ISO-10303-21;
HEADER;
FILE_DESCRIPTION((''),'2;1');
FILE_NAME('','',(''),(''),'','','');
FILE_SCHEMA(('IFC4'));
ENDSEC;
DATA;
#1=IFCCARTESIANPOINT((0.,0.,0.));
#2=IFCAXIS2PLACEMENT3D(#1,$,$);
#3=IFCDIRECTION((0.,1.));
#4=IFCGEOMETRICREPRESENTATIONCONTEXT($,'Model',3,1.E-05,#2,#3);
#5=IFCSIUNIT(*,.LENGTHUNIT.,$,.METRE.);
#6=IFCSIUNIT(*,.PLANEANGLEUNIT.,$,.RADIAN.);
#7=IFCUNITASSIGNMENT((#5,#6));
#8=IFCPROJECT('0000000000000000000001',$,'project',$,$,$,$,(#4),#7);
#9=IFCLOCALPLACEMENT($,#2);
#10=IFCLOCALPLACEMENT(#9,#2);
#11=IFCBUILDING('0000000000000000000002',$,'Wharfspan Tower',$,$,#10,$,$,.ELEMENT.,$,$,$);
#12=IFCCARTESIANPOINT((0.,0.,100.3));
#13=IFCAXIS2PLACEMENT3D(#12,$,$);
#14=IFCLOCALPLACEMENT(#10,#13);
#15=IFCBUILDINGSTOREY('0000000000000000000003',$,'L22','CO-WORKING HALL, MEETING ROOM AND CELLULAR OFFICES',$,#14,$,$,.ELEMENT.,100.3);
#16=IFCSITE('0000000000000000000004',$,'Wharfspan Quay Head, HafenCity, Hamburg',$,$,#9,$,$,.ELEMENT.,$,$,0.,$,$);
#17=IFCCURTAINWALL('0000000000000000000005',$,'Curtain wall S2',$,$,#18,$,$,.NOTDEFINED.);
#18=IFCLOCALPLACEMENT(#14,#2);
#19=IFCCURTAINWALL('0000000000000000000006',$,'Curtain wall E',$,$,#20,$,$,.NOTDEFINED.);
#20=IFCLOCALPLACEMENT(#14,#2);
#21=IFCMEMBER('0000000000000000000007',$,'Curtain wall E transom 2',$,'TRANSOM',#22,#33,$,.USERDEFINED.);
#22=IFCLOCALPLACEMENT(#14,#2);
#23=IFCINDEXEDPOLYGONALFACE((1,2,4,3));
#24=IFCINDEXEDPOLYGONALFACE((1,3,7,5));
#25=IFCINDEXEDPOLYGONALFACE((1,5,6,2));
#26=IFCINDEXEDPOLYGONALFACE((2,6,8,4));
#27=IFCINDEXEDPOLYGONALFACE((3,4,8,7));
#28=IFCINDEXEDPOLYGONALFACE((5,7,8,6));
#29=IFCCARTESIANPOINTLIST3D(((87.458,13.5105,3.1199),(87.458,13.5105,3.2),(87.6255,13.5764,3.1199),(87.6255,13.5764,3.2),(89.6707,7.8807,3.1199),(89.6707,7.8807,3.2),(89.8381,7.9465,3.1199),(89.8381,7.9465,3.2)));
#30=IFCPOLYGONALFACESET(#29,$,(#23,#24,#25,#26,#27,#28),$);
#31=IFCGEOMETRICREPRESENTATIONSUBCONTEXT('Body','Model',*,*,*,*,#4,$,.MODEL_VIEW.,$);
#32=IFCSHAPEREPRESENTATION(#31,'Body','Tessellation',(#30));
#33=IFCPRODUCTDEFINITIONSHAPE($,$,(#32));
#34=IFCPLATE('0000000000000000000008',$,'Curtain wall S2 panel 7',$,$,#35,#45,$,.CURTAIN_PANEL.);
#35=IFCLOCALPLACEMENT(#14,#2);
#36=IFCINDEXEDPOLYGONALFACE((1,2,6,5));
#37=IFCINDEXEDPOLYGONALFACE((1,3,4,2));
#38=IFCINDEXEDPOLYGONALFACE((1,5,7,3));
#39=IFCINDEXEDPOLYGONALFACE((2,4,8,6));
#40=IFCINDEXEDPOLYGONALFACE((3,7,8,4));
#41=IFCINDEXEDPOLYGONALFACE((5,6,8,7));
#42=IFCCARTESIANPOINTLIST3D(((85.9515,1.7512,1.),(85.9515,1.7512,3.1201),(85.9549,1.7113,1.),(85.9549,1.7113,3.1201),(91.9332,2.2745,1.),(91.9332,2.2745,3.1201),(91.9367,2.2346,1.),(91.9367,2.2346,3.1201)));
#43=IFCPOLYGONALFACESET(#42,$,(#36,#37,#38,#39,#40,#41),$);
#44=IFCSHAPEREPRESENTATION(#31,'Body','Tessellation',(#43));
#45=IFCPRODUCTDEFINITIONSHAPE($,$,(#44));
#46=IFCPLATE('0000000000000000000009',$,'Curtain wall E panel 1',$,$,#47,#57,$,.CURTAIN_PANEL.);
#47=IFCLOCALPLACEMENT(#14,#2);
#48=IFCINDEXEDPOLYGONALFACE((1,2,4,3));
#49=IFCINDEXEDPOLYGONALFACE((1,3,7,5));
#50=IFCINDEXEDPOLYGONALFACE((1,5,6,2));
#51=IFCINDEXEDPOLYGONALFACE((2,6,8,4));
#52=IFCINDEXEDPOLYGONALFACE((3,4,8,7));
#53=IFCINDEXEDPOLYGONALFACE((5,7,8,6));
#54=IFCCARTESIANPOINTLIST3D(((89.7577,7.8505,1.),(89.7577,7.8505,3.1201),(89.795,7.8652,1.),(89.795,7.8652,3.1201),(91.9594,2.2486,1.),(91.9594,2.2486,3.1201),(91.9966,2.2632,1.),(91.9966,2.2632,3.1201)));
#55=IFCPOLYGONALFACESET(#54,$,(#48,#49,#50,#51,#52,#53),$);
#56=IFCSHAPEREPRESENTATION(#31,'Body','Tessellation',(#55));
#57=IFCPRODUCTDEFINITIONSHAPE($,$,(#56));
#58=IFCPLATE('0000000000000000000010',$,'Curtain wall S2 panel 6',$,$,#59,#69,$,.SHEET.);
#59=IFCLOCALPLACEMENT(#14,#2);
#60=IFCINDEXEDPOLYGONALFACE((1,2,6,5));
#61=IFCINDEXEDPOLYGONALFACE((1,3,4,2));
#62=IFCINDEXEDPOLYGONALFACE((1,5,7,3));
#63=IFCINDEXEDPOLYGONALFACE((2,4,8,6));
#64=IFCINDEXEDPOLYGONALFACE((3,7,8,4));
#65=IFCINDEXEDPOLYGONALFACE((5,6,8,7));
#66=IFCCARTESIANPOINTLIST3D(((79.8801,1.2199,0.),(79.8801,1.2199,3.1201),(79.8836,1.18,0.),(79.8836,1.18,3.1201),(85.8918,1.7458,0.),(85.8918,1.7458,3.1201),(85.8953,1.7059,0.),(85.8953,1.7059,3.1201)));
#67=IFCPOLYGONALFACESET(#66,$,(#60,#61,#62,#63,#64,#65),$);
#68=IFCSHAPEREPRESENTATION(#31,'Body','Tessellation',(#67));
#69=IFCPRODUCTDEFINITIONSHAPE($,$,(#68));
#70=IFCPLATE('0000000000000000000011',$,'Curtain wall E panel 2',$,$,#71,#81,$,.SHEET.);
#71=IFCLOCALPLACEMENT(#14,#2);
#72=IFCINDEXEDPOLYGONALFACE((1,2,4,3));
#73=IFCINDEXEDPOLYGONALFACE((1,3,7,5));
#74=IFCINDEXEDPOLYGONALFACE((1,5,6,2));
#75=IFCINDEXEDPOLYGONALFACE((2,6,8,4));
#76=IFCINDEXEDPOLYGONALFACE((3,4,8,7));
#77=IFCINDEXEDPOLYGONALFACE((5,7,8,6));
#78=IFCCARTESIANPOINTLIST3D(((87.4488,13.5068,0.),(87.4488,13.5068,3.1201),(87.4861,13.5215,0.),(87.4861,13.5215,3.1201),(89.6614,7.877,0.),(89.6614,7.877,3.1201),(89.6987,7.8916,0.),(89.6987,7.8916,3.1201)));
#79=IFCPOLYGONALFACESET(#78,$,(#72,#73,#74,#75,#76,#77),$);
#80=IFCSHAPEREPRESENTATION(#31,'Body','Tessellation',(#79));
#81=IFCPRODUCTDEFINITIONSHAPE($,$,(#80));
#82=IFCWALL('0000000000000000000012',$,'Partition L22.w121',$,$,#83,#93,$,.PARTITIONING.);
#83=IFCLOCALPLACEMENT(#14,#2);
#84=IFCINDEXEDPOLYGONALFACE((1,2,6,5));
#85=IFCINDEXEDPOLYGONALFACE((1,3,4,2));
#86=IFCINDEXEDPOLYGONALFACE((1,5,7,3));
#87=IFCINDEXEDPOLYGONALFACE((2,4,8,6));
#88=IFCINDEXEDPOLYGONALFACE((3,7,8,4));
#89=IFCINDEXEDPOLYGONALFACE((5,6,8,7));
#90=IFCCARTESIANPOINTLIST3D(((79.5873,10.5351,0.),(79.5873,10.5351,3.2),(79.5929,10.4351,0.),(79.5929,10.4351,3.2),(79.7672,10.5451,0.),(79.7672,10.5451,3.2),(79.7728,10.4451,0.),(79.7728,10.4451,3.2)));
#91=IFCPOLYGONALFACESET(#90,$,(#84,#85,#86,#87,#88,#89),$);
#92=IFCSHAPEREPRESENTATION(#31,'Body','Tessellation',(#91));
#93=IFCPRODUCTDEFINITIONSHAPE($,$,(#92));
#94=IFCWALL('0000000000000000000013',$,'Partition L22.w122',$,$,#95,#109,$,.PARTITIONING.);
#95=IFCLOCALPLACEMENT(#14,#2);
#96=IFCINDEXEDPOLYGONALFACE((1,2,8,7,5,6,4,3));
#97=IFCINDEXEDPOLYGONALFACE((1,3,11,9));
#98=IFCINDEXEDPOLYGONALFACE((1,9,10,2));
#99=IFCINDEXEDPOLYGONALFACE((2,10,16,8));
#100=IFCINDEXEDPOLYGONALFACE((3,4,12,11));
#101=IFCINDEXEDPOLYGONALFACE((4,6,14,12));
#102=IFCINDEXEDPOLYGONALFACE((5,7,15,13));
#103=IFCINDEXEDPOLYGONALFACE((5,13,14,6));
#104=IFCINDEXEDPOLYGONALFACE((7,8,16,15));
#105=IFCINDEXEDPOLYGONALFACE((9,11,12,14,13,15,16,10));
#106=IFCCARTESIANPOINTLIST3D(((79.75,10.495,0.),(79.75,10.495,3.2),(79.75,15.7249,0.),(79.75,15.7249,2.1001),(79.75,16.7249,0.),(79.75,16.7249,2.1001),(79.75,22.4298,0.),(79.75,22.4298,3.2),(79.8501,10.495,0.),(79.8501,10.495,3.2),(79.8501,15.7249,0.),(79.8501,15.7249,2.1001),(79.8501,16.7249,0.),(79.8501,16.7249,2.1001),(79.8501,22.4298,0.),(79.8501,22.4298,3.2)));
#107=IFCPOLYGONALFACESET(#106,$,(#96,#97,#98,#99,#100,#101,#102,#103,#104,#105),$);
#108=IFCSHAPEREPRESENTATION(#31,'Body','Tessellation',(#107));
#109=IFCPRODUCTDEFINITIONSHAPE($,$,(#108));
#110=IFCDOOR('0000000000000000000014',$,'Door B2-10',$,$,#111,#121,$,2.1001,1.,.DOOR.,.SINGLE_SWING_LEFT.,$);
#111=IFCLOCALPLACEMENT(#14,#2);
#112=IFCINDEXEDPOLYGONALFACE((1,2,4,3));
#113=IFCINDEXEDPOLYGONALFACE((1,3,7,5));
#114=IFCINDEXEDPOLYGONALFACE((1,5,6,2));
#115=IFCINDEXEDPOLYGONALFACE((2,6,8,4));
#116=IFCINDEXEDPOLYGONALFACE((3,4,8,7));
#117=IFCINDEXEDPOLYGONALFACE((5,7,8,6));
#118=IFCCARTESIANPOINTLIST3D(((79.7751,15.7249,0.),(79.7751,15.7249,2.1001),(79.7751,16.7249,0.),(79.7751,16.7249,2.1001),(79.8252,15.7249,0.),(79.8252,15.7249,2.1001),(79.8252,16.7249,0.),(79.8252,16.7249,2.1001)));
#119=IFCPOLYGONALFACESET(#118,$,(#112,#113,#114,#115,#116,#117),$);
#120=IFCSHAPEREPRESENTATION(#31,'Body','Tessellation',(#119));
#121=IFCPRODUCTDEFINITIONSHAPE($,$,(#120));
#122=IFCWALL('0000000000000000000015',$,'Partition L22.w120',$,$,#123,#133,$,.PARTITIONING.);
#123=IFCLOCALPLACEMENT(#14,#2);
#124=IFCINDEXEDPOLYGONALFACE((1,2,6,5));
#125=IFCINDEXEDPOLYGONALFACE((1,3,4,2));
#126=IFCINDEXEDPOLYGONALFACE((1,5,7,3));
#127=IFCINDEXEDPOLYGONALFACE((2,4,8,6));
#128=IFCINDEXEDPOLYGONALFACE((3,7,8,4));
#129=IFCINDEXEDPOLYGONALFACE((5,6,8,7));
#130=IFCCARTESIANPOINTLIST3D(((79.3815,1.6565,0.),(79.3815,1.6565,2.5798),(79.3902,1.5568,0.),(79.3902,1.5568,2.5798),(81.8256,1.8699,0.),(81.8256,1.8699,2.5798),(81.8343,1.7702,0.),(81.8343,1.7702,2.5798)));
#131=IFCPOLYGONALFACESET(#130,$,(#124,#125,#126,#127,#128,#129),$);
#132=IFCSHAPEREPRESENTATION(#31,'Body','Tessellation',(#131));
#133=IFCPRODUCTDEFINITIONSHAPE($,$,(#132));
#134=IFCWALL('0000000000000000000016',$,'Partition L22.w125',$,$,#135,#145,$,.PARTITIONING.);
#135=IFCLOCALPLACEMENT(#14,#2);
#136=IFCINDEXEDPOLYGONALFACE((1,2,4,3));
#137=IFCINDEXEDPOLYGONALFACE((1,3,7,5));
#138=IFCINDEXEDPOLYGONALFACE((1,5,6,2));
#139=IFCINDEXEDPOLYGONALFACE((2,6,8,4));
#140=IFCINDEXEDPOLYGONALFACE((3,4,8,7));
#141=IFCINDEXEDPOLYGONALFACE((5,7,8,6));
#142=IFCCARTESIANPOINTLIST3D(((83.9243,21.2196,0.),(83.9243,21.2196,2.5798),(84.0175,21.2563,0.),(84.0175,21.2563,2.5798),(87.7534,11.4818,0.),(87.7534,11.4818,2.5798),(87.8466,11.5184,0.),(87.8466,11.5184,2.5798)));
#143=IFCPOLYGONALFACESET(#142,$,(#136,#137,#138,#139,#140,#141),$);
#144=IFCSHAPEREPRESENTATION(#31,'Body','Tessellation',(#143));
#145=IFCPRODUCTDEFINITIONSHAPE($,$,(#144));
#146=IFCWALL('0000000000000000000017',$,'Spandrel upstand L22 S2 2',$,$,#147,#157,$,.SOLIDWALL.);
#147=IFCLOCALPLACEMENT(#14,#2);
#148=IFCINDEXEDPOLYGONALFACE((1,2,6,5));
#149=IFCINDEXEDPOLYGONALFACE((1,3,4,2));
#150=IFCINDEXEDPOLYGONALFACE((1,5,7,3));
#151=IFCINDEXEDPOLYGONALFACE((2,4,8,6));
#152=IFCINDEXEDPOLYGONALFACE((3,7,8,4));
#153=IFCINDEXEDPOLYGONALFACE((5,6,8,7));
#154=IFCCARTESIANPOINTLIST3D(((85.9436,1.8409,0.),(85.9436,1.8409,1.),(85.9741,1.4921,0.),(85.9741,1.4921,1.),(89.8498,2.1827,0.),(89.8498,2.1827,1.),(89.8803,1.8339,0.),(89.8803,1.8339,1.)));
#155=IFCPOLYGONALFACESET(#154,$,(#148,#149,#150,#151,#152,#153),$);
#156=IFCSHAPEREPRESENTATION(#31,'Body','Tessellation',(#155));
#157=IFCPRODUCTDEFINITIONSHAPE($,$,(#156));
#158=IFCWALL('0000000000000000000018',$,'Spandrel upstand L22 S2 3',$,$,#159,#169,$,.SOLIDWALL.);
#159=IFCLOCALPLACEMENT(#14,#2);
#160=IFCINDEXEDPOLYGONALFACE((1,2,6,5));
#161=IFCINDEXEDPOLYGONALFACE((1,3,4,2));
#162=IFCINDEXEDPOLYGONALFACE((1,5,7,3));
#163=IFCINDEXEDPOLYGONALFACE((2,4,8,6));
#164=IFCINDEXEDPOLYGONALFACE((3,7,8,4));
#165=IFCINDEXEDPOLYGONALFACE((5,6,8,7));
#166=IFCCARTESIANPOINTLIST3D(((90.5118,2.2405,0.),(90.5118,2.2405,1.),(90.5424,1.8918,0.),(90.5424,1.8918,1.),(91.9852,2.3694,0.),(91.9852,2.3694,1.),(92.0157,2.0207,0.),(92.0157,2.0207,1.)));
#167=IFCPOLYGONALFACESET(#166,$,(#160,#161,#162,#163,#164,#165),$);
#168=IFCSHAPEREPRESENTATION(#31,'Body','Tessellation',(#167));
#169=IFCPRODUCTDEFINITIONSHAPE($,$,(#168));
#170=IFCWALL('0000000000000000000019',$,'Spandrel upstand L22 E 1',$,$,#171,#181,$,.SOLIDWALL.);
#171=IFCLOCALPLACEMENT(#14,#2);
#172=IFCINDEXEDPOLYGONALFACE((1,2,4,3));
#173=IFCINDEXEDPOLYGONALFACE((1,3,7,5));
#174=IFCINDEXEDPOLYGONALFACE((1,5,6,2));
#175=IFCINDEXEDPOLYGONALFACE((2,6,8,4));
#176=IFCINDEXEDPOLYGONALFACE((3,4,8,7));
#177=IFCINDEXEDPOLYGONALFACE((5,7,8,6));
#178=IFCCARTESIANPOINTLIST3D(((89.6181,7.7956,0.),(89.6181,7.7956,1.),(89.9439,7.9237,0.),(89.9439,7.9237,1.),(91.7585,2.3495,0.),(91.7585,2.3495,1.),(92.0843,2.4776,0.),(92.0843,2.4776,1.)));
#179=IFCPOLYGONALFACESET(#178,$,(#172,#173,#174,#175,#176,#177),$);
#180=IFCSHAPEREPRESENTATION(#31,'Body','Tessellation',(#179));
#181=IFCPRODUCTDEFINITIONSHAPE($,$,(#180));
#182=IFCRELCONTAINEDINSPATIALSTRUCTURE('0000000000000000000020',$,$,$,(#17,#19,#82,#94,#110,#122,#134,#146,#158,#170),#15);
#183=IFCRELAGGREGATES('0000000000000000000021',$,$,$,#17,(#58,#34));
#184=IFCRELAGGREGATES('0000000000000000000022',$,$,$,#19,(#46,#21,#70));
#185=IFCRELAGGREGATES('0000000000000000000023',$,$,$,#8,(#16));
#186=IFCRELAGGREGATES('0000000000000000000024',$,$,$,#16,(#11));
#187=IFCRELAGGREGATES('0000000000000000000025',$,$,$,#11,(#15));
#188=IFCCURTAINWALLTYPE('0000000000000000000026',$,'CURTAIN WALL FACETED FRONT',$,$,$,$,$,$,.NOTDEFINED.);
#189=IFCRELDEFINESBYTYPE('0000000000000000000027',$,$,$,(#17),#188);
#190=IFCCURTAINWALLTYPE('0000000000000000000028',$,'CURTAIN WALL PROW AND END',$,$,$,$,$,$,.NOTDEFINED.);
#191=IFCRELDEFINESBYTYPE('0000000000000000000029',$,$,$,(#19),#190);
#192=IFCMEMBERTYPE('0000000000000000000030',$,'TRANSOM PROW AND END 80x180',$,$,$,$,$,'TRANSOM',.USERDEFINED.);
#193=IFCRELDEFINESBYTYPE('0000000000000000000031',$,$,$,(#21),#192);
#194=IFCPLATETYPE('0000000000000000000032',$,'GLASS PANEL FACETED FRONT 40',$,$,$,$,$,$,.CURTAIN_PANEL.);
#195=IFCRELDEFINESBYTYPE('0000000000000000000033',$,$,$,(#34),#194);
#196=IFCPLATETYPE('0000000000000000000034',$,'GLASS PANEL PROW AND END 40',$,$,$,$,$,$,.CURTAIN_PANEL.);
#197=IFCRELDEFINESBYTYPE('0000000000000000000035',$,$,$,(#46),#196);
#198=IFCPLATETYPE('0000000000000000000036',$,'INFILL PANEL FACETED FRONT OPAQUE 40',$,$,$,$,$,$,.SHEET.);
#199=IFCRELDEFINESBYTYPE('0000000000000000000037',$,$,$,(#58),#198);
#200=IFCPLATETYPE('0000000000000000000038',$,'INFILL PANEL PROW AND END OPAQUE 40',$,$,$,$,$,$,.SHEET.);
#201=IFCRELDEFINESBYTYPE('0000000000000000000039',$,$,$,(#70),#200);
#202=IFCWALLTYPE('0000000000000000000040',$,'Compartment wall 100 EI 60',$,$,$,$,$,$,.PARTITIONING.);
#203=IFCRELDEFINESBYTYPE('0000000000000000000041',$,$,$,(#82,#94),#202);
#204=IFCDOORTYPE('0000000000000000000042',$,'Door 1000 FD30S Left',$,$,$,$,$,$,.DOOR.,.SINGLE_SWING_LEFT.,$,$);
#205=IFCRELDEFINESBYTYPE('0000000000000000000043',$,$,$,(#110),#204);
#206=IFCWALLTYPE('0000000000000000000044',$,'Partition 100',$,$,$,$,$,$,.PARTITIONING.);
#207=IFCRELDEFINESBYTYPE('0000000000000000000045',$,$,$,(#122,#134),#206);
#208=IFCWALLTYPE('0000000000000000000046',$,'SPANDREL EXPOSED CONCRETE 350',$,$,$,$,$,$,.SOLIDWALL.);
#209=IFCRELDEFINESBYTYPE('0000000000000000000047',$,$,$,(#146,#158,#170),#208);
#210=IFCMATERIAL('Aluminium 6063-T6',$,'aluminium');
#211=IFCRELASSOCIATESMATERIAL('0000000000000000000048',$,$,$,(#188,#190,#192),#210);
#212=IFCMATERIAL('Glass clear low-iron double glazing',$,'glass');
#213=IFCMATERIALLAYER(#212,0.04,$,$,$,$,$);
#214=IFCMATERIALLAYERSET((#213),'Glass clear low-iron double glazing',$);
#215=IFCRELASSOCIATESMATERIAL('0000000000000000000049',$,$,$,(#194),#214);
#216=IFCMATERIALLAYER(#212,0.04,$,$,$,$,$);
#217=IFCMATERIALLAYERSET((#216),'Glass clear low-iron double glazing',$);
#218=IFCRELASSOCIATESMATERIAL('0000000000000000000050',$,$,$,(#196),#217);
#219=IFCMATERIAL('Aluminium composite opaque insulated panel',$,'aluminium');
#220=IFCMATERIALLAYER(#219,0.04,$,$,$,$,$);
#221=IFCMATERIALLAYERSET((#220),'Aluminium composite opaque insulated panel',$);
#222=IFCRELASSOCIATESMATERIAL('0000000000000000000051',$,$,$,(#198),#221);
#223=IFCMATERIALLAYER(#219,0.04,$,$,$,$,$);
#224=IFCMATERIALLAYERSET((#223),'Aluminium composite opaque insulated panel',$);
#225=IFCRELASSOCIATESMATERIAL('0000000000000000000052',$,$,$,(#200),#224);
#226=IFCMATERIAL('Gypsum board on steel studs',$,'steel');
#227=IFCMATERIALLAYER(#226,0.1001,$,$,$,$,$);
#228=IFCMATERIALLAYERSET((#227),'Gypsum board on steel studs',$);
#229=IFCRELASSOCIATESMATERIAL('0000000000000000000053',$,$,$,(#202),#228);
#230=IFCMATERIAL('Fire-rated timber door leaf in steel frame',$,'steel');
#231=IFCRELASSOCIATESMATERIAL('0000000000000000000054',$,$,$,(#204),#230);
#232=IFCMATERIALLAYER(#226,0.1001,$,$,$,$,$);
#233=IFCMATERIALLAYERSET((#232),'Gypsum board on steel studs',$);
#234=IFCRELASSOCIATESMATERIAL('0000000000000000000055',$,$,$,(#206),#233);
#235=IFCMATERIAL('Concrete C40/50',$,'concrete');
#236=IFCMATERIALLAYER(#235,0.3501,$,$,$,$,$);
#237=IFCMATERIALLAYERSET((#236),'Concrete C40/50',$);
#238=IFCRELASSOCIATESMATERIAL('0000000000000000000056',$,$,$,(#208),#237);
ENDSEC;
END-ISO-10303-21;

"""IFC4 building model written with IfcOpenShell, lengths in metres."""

from ifc_helpers import new_model, si_unit, direction, frame, frame_2d, origin, origin_2d, place, context, subcontext, project, spatial, rectangle, extrude, material, layer, layer_set, material_profile, profile_set, type_object, element, fill, aggregate, save


model = new_model("IFC4")

# Units and contexts
model_context = context("Model", 3, precision=1e-05, world=origin(), true_north=direction((0.0, 1.0)))
body_context = subcontext(model_context, "Body", "Model", "MODEL_VIEW")
ifc_project = project(units=[si_unit("LENGTHUNIT", "METRE"), si_unit("PLANEANGLEUNIT", "RADIAN")], contexts=[model_context])

# Site, building, storey
site_placement = place(None, origin())
site = spatial("IfcSite", under=ifc_project, at=site_placement, Name="Wharfspan Quay Head, HafenCity, Hamburg", CompositionType="ELEMENT", RefElevation=0.0)
building_placement = place(site_placement, origin())
building = spatial("IfcBuilding", under=site, at=building_placement, Name="Wharfspan Tower", CompositionType="ELEMENT")
storey_placement = place(building_placement, frame((0.0, 0.0, 100.3)))
storey = spatial("IfcBuildingStorey", under=building, at=storey_placement, Name="L22", Description="CO-WORKING HALL, MEETING ROOM AND CELLULAR OFFICES", CompositionType="ELEMENT", Elevation=100.3)

# Curtain walls
ifc_material_1 = material(Name="Aluminium 6063-T6", Category="aluminium")
curtain_wall_type_1 = type_object("IfcCurtainWallType", Name="CURTAIN WALL FACETED FRONT", PredefinedType="NOTDEFINED", material=ifc_material_1)
curtain_wall_1_placement = place(storey_placement, origin())
curtain_wall_1 = element("IfcCurtainWall", 1, at=curtain_wall_1_placement, inside=storey, type_object=curtain_wall_type_1, Name="Curtain wall S2", PredefinedType="NOTDEFINED")
curtain_wall_type_2 = type_object("IfcCurtainWallType", Name="CURTAIN WALL PROW AND END", PredefinedType="NOTDEFINED", material=ifc_material_1)
curtain_wall_2_placement = place(storey_placement, origin())
curtain_wall_2 = element("IfcCurtainWall", 2, at=curtain_wall_2_placement, inside=storey, type_object=curtain_wall_type_2, Name="Curtain wall E", PredefinedType="NOTDEFINED")

# Member
ifc_material_profile_1 = material_profile(ifc_material_1, rectangle(XDim=0.1799, YDim=0.0801, at=origin_2d()))
ifc_profile_set_1 = profile_set([ifc_material_profile_1], Name="Aluminium 6063-T6")
member_type_1 = type_object("IfcMemberType", Name="TRANSOM PROW AND END 80x180", ElementType="TRANSOM", PredefinedType="USERDEFINED", material=ifc_profile_set_1)
member_1_placement = place(storey_placement, frame((89.7544, 7.9136, 3.1599), z_axis=(-0.365782, 0.9307, 0.0), x_axis=(-0.9307, -0.365782, 0.0)))
member_1 = element("IfcMember", 3, at=member_1_placement, type_object=member_type_1, Name="Curtain wall E transom 2", ObjectType="TRANSOM", PredefinedType="USERDEFINED", context=body_context, shape_type="SweptSolid", body=[
    extrude(rectangle(XDim=0.1799, YDim=0.0801, at=origin_2d()), origin(), (0.0, 0.0, 1.0), 6.0491),
])

# Plates
ifc_material_2 = material(Name="Glass clear low-iron double glazing", Category="glass")
ifc_layer_1 = layer(ifc_material_2, 0.04)
ifc_layer_set_1 = layer_set([ifc_layer_1], Name="Glass clear low-iron double glazing")
plate_type_1 = type_object("IfcPlateType", Name="GLASS PANEL FACETED FRONT 40", PredefinedType="CURTAIN_PANEL", material=ifc_layer_set_1)
plate_1_placement = place(storey_placement, frame((88.9441, 1.9929, 1.0), z_axis=(0.0, 0.0, 1.0), x_axis=(0.996198, 0.087156, 0.0)))
plate_1 = element("IfcPlate", 4, at=plate_1_placement, type_object=plate_type_1, Name="Curtain wall S2 panel 7", PredefinedType="CURTAIN_PANEL", context=body_context, shape_type="SweptSolid", body=[
    extrude(rectangle(XDim=6.0046, YDim=0.04, at=origin_2d()), origin(), (0.0, 0.0, 1.0), 2.1201),
])
ifc_layer_2 = layer(ifc_material_2, 0.04)
ifc_layer_set_2 = layer_set([ifc_layer_2], Name="Glass clear low-iron double glazing")
plate_type_2 = type_object("IfcPlateType", Name="GLASS PANEL PROW AND END 40", PredefinedType="CURTAIN_PANEL", material=ifc_layer_set_2)
plate_2_placement = place(storey_placement, frame((90.8772, 5.0569, 1.0), z_axis=(0.0, 0.0, 1.0), x_axis=(-0.365778, 0.930702, 0.0)))
plate_2 = element("IfcPlate", 5, at=plate_2_placement, type_object=plate_type_2, Name="Curtain wall E panel 1", PredefinedType="CURTAIN_PANEL", context=body_context, shape_type="SweptSolid", body=[
    extrude(rectangle(XDim=6.019, YDim=0.04, at=origin_2d()), origin(), (0.0, 0.0, 1.0), 2.1201),
])
ifc_material_3 = material(Name="Aluminium composite opaque insulated panel", Category="aluminium")
ifc_layer_3 = layer(ifc_material_3, 0.04)
ifc_layer_set_3 = layer_set([ifc_layer_3], Name="Aluminium composite opaque insulated panel")
plate_type_3 = type_object("IfcPlateType", Name="INFILL PANEL FACETED FRONT OPAQUE 40", PredefinedType="SHEET", material=ifc_layer_set_3)
plate_3_placement = place(storey_placement, frame((82.8877, 1.4629, 0.0), z_axis=(0.0, 0.0, 1.0), x_axis=(0.996198, 0.087156, 0.0)))
plate_3 = element("IfcPlate", 6, at=plate_3_placement, type_object=plate_type_3, Name="Curtain wall S2 panel 6", PredefinedType="SHEET", context=body_context, shape_type="SweptSolid", body=[
    extrude(rectangle(XDim=6.0347, YDim=0.04, at=origin_2d()), origin(), (0.0, 0.0, 1.0), 3.1201),
])
aggregate(curtain_wall_1, [plate_3, plate_1])
ifc_layer_4 = layer(ifc_material_3, 0.04)
ifc_layer_set_4 = layer_set([ifc_layer_4], Name="Aluminium composite opaque insulated panel")
plate_type_4 = type_object("IfcPlateType", Name="INFILL PANEL PROW AND END OPAQUE 40", PredefinedType="SHEET", material=ifc_layer_set_4)
plate_4_placement = place(storey_placement, frame((88.5737, 10.6992, 0.0), z_axis=(0.0, 0.0, 1.0), x_axis=(-0.365778, 0.930702, 0.0)))
plate_4 = element("IfcPlate", 7, at=plate_4_placement, type_object=plate_type_4, Name="Curtain wall E panel 2", PredefinedType="SHEET", context=body_context, shape_type="SweptSolid", body=[
    extrude(rectangle(XDim=6.0491, YDim=0.04, at=origin_2d()), origin(), (0.0, 0.0, 1.0), 3.1201),
])
aggregate(curtain_wall_2, [plate_2, member_1, plate_4])

# Wall
ifc_material_4 = material(Name="Gypsum board on steel studs", Category="steel")
ifc_layer_5 = layer(ifc_material_4, 0.1001)
ifc_layer_set_5 = layer_set([ifc_layer_5], Name="Gypsum board on steel studs")
wall_type_1 = type_object("IfcWallType", Name="Compartment wall 100 EI 60", PredefinedType="PARTITIONING", material=ifc_layer_set_5)
wall_1_placement = place(storey_placement, frame((79.5901, 10.4851, 0.0), z_axis=(0.0, 0.0, 1.0), x_axis=(0.998455, 0.055545, 0.0)))
element("IfcWall", 8, at=wall_1_placement, inside=storey, type_object=wall_type_1, Name="Partition L22.w121", PredefinedType="PARTITIONING", context=body_context, shape_type="SweptSolid", body=[
    extrude(rectangle(XDim=0.1802, YDim=0.1001, at=frame_2d((0.0901, 0.0))), origin(), (0.0, 0.0, 1.0), 3.2),
])

# Wall, opening, door
wall_2_placement = place(storey_placement, frame((79.8, 10.4951, 0.0), z_axis=(0.0, 0.0, 1.0), x_axis=(0.0, 1.0, 0.0)))
wall_2 = element("IfcWall", 9, at=wall_2_placement, inside=storey, type_object=wall_type_1, Name="Partition L22.w122", PredefinedType="PARTITIONING", context=body_context, shape_type="SweptSolid", body=[
    extrude(rectangle(XDim=11.9348, YDim=0.1001, at=frame_2d((5.9673, 0.0))), origin(), (0.0, 0.0, 1.0), 3.2),
])
opening_placement = place(wall_2_placement, frame((5.2297, 0.0, 0.0)))
opening = element("IfcOpeningElement", 10, at=opening_placement, cuts=wall_2, PredefinedType="OPENING", context=body_context, shape_type="SweptSolid", body=[
    extrude(rectangle(XDim=1.0, YDim=2.1001, at=frame_2d((0.5, 1.05))), frame((0.0, 0.0601, 0.0), z_axis=(0.0, -1.0, 0.0), x_axis=(1.0, 0.0, 0.0)), (0.0, 0.0, 1.0), 0.1201),
])
ifc_material_5 = material(Name="Fire-rated timber door leaf in steel frame", Category="steel")
door_type = type_object("IfcDoorType", Name="Door 1000 FD30S Left", OperationType="SINGLE_SWING_LEFT", PredefinedType="DOOR", material=ifc_material_5)
door_placement = place(opening_placement, origin())
door = element("IfcDoor", 11, at=door_placement, inside=storey, type_object=door_type, Name="Door B2-10", OperationType="SINGLE_SWING_LEFT", OverallHeight=2.1001, OverallWidth=1.0, PredefinedType="DOOR", context=body_context, shape_type="SweptSolid", body=[
    extrude(rectangle(XDim=1.0, YDim=2.1001, at=frame_2d((0.5, 1.05))), frame((0.0, 0.0249, 0.0), z_axis=(0.0, -1.0, 0.0), x_axis=(1.0, 0.0, 0.0)), (0.0, 0.0, 1.0), 0.05),
])
fill(opening, door)

# Walls
ifc_layer_6 = layer(ifc_material_4, 0.1001)
ifc_layer_set_6 = layer_set([ifc_layer_6], Name="Gypsum board on steel studs")
wall_type_2 = type_object("IfcWallType", Name="Partition 100", PredefinedType="PARTITIONING", material=ifc_layer_set_6)
wall_3_placement = place(storey_placement, frame((79.386, 1.6067, 0.0), z_axis=(0.0, 0.0, 1.0), x_axis=(0.996209, 0.086973, 0.0)))
element("IfcWall", 12, at=wall_3_placement, inside=storey, type_object=wall_type_2, Name="Partition L22.w120", PredefinedType="PARTITIONING", context=body_context, shape_type="SweptSolid", body=[
    extrude(rectangle(XDim=2.4534, YDim=0.1001, at=frame_2d((1.2266, 0.0))), origin(), (0.0, 0.0, 1.0), 2.5798),
])
wall_4_placement = place(storey_placement, frame((87.8, 11.5, 0.0), z_axis=(0.0, 0.0, 1.0), x_axis=(-0.365945, 0.930635, 0.0)))
element("IfcWall", 13, at=wall_4_placement, inside=storey, type_object=wall_type_2, Name="Partition L22.w125", PredefinedType="PARTITIONING", context=body_context, shape_type="SweptSolid", body=[
    extrude(rectangle(XDim=10.4636, YDim=0.1001, at=frame_2d((5.2319, 0.0))), origin(), (0.0, 0.0, 1.0), 2.5798),
])
ifc_material_6 = material(Name="Concrete C40/50", Category="concrete")
ifc_layer_7 = layer(ifc_material_6, 0.3501)
ifc_layer_set_7 = layer_set([ifc_layer_7], Name="Concrete C40/50")
wall_type_3 = type_object("IfcWallType", Name="SPANDREL EXPOSED CONCRETE 350", PredefinedType="SOLIDWALL", material=ifc_layer_set_7)
wall_5_placement = place(storey_placement, frame((85.959, 1.6665, 0.0), z_axis=(0.0, 0.0, 1.0), x_axis=(0.996194, 0.087167, 0.0)))
element("IfcWall", 14, at=wall_5_placement, inside=storey, type_object=wall_type_3, Name="Spandrel upstand L22 S2 2", PredefinedType="SOLIDWALL", context=body_context, shape_type="SweptSolid", body=[
    extrude(rectangle(XDim=3.9211, YDim=0.3501, at=frame_2d((1.9604, 0.0))), origin(), (0.0, 0.0, 1.0), 1.0),
])
wall_6_placement = place(storey_placement, frame((90.5271, 2.0662, 0.0), z_axis=(0.0, 0.0, 1.0), x_axis=(0.996198, 0.087157, 0.0)))
element("IfcWall", 15, at=wall_6_placement, inside=storey, type_object=wall_type_3, Name="Spandrel upstand L22 S2 3", PredefinedType="SOLIDWALL", context=body_context, shape_type="SweptSolid", body=[
    extrude(rectangle(XDim=1.479, YDim=0.3501, at=frame_2d((0.7395, 0.0))), origin(), (0.0, 0.0, 1.0), 1.0),
])
wall_7_placement = place(storey_placement, frame((91.9214, 2.4136, 0.0), z_axis=(0.0, 0.0, 1.0), x_axis=(-0.36578, 0.930701, 0.0)))
element("IfcWall", 16, at=wall_7_placement, inside=storey, type_object=wall_type_3, Name="Spandrel upstand L22 E 1", PredefinedType="SOLIDWALL", context=body_context, shape_type="SweptSolid", body=[
    extrude(rectangle(XDim=5.8516, YDim=0.3501, at=frame_2d((2.9258, 0.0))), origin(), (0.0, 0.0, 1.0), 1.0),
])

save(model, "model.ifc")
